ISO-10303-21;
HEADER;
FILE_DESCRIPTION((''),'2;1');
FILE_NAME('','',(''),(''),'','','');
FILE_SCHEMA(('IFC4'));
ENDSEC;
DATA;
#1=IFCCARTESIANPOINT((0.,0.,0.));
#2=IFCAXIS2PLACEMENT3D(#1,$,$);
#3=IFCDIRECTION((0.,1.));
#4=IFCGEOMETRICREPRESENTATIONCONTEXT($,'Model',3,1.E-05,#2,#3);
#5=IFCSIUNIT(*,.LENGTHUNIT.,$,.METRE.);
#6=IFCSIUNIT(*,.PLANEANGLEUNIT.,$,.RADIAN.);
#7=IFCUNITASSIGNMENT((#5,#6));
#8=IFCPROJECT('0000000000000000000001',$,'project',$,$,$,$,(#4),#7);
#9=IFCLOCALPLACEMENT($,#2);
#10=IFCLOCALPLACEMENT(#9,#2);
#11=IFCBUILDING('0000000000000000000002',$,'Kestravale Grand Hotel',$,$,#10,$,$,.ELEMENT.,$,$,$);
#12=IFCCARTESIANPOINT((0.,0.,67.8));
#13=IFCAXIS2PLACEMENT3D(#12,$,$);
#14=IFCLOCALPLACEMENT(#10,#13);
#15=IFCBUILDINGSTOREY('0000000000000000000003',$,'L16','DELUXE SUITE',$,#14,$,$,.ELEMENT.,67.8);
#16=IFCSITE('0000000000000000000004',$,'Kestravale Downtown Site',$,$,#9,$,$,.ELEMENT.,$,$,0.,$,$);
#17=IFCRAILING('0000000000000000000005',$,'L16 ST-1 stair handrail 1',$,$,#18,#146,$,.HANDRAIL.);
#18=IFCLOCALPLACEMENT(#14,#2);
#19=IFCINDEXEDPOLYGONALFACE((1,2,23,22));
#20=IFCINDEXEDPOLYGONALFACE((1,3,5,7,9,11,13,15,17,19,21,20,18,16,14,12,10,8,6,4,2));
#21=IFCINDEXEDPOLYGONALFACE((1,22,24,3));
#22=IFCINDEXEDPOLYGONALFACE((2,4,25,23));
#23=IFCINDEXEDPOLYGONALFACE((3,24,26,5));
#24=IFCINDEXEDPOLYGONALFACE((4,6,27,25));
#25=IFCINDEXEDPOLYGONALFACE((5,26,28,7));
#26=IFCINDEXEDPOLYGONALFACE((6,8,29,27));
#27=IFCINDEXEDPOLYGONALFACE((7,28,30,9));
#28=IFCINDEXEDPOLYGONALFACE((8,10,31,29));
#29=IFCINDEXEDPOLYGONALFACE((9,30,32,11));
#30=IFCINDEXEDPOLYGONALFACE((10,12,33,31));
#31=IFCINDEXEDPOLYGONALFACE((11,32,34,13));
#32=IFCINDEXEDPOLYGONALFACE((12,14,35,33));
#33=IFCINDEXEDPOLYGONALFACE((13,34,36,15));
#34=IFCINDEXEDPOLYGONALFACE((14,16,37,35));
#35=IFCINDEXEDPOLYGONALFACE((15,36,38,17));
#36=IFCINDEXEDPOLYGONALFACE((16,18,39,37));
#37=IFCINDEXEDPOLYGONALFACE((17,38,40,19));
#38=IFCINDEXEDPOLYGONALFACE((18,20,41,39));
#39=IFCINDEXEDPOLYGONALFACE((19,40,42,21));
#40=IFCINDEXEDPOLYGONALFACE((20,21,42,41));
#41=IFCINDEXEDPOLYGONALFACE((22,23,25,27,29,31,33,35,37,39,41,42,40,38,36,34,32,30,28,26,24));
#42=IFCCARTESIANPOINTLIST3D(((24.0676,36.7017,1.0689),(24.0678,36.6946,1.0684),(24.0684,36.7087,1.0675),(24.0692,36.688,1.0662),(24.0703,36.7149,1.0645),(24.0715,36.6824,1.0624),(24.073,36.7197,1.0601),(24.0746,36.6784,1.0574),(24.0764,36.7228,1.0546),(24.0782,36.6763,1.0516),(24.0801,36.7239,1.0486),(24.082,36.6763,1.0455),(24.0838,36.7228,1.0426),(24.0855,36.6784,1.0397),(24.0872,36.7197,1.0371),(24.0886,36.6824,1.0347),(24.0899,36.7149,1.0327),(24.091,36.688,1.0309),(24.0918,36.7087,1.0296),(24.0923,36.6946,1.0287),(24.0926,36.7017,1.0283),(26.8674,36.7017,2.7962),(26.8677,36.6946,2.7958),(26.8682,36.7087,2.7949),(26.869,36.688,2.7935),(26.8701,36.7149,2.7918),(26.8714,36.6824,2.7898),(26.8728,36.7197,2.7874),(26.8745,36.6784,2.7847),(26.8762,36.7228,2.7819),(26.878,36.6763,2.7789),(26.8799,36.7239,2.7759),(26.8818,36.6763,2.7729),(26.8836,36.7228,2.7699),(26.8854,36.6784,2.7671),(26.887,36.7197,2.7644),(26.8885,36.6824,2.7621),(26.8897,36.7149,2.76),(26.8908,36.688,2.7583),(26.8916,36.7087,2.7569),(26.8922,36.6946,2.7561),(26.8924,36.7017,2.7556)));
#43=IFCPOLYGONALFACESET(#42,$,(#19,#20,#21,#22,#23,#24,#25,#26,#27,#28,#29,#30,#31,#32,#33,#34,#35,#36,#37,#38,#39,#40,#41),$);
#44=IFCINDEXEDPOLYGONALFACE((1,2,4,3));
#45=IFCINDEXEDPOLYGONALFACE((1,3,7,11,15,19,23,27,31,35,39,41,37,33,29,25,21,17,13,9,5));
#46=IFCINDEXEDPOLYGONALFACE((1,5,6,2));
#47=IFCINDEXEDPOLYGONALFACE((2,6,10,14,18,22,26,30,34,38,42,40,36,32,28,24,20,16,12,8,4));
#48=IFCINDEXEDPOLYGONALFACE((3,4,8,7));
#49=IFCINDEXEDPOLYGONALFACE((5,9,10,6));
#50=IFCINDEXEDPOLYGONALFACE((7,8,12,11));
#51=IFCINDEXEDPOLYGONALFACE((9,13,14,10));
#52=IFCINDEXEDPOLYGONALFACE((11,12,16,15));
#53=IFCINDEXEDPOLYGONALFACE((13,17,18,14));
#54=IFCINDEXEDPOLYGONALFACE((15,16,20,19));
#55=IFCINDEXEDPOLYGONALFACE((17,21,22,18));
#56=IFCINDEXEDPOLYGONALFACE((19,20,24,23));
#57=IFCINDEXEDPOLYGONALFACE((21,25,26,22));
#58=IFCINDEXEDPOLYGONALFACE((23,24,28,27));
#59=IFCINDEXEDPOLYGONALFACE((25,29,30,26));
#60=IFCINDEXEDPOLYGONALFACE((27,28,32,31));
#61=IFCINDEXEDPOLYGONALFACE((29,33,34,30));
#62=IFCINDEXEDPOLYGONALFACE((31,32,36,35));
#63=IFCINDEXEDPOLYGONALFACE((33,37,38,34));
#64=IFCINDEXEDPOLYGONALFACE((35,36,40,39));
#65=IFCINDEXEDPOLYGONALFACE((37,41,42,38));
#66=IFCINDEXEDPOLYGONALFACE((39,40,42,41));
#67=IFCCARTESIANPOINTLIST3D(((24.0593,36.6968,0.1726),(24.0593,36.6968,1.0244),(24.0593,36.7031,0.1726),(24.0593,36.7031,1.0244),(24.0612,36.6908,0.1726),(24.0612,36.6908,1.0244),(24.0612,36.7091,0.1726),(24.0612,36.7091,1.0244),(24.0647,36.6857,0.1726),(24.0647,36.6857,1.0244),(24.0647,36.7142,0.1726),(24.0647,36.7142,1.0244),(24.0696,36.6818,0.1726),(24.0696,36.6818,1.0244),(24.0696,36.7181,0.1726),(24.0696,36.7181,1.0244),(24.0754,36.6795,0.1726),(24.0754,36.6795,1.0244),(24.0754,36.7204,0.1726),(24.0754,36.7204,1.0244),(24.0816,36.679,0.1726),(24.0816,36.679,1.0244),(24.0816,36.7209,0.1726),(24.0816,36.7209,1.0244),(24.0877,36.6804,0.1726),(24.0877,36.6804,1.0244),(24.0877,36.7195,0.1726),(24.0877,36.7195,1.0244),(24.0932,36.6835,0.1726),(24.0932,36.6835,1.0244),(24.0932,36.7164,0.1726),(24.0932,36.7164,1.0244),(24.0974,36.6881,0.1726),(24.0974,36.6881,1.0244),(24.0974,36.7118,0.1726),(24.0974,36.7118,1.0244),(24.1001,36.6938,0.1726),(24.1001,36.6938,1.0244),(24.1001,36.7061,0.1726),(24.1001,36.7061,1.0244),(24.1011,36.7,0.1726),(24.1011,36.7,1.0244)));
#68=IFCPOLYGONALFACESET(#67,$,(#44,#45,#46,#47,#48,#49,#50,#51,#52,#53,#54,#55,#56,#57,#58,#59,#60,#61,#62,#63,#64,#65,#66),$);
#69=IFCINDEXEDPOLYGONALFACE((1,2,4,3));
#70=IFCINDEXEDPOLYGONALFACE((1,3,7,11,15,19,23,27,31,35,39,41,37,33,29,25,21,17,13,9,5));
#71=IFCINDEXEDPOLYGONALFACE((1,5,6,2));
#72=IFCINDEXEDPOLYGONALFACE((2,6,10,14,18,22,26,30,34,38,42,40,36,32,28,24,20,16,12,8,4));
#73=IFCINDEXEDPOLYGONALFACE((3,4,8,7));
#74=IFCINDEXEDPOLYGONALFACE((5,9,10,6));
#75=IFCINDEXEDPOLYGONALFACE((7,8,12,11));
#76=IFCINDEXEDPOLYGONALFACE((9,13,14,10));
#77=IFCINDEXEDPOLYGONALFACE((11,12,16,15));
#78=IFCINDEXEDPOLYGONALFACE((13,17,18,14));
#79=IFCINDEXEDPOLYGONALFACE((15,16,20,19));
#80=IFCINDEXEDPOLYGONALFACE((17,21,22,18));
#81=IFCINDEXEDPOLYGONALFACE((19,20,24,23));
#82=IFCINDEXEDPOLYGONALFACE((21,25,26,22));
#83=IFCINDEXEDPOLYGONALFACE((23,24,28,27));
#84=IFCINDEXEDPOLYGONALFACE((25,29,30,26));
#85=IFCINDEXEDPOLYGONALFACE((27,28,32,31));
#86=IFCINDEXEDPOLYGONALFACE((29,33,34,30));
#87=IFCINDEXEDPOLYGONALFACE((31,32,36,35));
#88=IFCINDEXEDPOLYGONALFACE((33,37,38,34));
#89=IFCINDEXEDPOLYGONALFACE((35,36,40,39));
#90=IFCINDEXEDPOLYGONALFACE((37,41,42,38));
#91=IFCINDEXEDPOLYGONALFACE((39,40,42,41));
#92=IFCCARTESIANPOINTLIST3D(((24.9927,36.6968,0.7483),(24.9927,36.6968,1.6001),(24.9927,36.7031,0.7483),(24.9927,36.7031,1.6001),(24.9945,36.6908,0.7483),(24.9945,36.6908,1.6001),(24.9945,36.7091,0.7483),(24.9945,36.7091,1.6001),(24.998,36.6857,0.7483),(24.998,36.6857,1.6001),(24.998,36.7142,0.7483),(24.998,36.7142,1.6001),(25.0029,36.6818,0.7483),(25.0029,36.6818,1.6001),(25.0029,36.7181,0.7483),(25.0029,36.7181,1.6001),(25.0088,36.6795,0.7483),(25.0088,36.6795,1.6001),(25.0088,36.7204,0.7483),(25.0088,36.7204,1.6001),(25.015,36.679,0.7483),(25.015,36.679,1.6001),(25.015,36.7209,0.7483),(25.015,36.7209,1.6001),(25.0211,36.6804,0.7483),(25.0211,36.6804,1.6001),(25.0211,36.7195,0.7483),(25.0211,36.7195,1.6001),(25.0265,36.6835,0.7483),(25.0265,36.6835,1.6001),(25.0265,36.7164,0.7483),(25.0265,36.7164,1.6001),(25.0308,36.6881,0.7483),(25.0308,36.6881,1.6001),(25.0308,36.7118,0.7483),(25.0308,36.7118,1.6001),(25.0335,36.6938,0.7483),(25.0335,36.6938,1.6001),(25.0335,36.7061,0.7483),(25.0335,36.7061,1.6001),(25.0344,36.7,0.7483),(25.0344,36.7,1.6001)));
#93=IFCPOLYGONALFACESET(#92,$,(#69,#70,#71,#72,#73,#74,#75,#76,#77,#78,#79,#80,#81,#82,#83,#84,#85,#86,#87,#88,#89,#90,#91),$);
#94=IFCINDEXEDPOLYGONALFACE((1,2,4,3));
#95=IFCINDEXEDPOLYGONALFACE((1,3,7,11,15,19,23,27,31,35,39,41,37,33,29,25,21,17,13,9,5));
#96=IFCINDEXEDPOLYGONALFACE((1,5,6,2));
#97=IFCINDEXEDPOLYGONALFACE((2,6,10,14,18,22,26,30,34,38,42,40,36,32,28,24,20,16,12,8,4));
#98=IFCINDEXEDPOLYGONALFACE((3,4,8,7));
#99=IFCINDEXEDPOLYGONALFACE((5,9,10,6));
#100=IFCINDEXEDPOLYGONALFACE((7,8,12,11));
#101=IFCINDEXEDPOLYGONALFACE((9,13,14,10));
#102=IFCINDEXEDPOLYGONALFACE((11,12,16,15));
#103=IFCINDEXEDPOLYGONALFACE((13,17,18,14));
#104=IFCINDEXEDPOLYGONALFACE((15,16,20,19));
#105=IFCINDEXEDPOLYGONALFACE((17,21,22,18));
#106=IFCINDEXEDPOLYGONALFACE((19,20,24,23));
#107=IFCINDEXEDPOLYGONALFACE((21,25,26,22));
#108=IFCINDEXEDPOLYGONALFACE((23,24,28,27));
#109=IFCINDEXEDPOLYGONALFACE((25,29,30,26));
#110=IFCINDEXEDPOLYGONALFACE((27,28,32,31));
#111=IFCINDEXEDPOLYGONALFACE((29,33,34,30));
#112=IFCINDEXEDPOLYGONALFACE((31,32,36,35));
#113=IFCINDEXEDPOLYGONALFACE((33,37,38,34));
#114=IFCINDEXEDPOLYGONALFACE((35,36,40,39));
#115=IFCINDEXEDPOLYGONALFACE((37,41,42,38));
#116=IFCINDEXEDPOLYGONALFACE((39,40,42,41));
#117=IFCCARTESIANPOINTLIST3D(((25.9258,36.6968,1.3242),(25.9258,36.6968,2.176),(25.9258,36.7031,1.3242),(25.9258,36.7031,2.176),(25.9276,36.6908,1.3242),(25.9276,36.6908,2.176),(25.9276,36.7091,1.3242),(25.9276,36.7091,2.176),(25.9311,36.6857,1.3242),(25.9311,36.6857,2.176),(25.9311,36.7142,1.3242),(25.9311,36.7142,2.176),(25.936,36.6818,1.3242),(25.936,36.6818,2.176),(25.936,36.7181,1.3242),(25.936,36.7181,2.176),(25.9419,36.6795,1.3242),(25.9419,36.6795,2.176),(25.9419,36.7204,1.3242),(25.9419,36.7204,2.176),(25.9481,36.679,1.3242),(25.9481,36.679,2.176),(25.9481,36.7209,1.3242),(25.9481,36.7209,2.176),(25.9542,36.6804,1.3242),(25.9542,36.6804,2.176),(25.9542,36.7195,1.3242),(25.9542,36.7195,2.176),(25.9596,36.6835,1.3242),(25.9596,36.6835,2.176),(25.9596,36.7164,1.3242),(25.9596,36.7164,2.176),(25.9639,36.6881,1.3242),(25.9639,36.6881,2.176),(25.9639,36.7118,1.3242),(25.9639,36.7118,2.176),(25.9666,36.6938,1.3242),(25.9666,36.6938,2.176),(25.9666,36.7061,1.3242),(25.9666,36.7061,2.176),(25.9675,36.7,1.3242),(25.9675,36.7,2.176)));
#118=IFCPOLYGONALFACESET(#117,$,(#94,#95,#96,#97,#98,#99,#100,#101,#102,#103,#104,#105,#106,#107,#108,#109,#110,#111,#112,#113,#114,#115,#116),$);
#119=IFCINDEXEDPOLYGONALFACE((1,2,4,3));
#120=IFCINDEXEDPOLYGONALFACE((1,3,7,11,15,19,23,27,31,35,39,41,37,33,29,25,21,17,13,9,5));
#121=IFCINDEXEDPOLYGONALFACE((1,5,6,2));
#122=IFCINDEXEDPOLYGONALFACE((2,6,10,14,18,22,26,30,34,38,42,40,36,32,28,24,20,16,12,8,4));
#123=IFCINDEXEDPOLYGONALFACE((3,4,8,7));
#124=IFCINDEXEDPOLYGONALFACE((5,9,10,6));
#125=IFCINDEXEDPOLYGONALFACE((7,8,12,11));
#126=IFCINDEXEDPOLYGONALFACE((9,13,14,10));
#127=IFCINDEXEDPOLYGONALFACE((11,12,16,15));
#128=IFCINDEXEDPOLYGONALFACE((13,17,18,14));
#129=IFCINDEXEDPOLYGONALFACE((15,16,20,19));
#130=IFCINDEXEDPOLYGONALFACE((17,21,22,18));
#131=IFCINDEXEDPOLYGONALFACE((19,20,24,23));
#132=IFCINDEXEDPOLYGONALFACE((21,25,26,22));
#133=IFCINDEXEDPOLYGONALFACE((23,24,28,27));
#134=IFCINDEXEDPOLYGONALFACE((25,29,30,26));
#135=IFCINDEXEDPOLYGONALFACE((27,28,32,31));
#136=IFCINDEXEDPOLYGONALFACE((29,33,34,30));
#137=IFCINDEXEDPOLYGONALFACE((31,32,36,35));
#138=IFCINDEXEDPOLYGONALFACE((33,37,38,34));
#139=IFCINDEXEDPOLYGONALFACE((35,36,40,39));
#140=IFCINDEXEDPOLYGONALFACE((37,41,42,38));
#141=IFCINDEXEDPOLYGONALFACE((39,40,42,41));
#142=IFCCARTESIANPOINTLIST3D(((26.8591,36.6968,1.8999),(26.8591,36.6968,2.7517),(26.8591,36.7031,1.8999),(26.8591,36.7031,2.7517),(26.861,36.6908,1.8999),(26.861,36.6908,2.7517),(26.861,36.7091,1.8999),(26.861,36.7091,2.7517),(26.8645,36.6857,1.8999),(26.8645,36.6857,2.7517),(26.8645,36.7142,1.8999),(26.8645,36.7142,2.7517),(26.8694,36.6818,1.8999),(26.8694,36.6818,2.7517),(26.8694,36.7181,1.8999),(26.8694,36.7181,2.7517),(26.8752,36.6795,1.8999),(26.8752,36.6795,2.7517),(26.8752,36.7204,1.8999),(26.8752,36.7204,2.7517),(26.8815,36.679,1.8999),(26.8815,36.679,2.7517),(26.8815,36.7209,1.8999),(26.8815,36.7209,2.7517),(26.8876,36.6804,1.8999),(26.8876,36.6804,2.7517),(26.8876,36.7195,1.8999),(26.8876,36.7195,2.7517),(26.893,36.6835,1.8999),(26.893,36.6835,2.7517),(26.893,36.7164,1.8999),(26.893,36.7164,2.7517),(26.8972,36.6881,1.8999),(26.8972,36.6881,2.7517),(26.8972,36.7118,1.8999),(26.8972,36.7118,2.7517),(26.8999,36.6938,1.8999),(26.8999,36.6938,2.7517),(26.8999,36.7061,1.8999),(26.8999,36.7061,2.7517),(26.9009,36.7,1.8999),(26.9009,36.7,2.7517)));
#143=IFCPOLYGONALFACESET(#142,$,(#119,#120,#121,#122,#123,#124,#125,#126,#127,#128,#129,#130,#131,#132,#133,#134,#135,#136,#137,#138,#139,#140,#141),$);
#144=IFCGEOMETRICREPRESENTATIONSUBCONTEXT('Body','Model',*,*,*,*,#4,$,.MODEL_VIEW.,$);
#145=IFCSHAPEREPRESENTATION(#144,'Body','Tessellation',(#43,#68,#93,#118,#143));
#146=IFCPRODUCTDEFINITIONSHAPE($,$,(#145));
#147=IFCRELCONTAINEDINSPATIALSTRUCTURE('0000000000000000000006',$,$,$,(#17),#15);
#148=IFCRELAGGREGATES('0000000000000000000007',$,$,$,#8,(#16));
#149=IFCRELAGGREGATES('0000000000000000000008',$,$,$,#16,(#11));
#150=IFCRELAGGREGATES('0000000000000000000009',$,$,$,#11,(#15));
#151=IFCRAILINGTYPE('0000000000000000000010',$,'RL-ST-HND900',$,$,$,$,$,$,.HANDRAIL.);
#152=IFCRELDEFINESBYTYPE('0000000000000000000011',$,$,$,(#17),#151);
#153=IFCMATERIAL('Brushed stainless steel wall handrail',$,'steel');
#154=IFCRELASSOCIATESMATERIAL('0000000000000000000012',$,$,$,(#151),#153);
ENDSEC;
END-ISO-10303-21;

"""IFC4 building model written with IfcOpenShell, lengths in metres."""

from ifc_helpers import new_model, si_unit, direction, frame, origin, origin_2d, place, context, subcontext, project, spatial, circle, extrude, material, type_object, element, save


model = new_model("IFC4")

# Units and contexts
model_context = context("Model", 3, precision=1e-05, world=origin(), true_north=direction((0.0, 1.0)))
body_context = subcontext(model_context, "Body", "Model", "MODEL_VIEW")
ifc_project = project(units=[si_unit("LENGTHUNIT", "METRE"), si_unit("PLANEANGLEUNIT", "RADIAN")], contexts=[model_context])

# Site, building, storey
site_placement = place(None, origin())
site = spatial("IfcSite", under=ifc_project, at=site_placement, Name="Kestravale Downtown Site", CompositionType="ELEMENT", RefElevation=0.0)
building_placement = place(site_placement, origin())
building = spatial("IfcBuilding", under=site, at=building_placement, Name="Kestravale Grand Hotel", CompositionType="ELEMENT")
storey_placement = place(building_placement, frame((0.0, 0.0, 67.8)))
storey = spatial("IfcBuildingStorey", under=building, at=storey_placement, Name="L16", Description="DELUXE SUITE", CompositionType="ELEMENT", Elevation=67.8)

# Railing
ifc_material_1 = material(Name="Brushed stainless steel wall handrail", Category="steel")
railing_type_1 = type_object("IfcRailingType", Name="RL-ST-HND900", PredefinedType="HANDRAIL", material=ifc_material_1)
railing_1_placement = place(storey_placement, frame((24.0801, 36.7, 0.1726)))
element("IfcRailing", 1, at=railing_1_placement, inside=storey, type_object=railing_type_1, Name="L16 ST-1 stair handrail 1", PredefinedType="HANDRAIL", context=body_context, shape_type="SweptSolid", body=[
    extrude(circle(Radius=0.0239, at=origin_2d()), frame((0.0, 0.0, 0.876), z_axis=(0.851069, 0.0, 0.525054), x_axis=(0.0, 1.0, 0.0)), (0.0, 0.0, 1.0), 3.2898),
    extrude(circle(Radius=0.021, at=origin_2d()), origin(), (0.0, 0.0, 1.0), 0.8518),
    extrude(circle(Radius=0.021, at=origin_2d()), frame((0.9333, 0.0, 0.5757)), (0.0, 0.0, 1.0), 0.8518),
    extrude(circle(Radius=0.021, at=origin_2d()), frame((1.8665, 0.0, 1.1516)), (0.0, 0.0, 1.0), 0.8518),
    extrude(circle(Radius=0.021, at=origin_2d()), frame((2.7998, 0.0, 1.7273)), (0.0, 0.0, 1.0), 0.8518),
])

save(model, "model.ifc")
